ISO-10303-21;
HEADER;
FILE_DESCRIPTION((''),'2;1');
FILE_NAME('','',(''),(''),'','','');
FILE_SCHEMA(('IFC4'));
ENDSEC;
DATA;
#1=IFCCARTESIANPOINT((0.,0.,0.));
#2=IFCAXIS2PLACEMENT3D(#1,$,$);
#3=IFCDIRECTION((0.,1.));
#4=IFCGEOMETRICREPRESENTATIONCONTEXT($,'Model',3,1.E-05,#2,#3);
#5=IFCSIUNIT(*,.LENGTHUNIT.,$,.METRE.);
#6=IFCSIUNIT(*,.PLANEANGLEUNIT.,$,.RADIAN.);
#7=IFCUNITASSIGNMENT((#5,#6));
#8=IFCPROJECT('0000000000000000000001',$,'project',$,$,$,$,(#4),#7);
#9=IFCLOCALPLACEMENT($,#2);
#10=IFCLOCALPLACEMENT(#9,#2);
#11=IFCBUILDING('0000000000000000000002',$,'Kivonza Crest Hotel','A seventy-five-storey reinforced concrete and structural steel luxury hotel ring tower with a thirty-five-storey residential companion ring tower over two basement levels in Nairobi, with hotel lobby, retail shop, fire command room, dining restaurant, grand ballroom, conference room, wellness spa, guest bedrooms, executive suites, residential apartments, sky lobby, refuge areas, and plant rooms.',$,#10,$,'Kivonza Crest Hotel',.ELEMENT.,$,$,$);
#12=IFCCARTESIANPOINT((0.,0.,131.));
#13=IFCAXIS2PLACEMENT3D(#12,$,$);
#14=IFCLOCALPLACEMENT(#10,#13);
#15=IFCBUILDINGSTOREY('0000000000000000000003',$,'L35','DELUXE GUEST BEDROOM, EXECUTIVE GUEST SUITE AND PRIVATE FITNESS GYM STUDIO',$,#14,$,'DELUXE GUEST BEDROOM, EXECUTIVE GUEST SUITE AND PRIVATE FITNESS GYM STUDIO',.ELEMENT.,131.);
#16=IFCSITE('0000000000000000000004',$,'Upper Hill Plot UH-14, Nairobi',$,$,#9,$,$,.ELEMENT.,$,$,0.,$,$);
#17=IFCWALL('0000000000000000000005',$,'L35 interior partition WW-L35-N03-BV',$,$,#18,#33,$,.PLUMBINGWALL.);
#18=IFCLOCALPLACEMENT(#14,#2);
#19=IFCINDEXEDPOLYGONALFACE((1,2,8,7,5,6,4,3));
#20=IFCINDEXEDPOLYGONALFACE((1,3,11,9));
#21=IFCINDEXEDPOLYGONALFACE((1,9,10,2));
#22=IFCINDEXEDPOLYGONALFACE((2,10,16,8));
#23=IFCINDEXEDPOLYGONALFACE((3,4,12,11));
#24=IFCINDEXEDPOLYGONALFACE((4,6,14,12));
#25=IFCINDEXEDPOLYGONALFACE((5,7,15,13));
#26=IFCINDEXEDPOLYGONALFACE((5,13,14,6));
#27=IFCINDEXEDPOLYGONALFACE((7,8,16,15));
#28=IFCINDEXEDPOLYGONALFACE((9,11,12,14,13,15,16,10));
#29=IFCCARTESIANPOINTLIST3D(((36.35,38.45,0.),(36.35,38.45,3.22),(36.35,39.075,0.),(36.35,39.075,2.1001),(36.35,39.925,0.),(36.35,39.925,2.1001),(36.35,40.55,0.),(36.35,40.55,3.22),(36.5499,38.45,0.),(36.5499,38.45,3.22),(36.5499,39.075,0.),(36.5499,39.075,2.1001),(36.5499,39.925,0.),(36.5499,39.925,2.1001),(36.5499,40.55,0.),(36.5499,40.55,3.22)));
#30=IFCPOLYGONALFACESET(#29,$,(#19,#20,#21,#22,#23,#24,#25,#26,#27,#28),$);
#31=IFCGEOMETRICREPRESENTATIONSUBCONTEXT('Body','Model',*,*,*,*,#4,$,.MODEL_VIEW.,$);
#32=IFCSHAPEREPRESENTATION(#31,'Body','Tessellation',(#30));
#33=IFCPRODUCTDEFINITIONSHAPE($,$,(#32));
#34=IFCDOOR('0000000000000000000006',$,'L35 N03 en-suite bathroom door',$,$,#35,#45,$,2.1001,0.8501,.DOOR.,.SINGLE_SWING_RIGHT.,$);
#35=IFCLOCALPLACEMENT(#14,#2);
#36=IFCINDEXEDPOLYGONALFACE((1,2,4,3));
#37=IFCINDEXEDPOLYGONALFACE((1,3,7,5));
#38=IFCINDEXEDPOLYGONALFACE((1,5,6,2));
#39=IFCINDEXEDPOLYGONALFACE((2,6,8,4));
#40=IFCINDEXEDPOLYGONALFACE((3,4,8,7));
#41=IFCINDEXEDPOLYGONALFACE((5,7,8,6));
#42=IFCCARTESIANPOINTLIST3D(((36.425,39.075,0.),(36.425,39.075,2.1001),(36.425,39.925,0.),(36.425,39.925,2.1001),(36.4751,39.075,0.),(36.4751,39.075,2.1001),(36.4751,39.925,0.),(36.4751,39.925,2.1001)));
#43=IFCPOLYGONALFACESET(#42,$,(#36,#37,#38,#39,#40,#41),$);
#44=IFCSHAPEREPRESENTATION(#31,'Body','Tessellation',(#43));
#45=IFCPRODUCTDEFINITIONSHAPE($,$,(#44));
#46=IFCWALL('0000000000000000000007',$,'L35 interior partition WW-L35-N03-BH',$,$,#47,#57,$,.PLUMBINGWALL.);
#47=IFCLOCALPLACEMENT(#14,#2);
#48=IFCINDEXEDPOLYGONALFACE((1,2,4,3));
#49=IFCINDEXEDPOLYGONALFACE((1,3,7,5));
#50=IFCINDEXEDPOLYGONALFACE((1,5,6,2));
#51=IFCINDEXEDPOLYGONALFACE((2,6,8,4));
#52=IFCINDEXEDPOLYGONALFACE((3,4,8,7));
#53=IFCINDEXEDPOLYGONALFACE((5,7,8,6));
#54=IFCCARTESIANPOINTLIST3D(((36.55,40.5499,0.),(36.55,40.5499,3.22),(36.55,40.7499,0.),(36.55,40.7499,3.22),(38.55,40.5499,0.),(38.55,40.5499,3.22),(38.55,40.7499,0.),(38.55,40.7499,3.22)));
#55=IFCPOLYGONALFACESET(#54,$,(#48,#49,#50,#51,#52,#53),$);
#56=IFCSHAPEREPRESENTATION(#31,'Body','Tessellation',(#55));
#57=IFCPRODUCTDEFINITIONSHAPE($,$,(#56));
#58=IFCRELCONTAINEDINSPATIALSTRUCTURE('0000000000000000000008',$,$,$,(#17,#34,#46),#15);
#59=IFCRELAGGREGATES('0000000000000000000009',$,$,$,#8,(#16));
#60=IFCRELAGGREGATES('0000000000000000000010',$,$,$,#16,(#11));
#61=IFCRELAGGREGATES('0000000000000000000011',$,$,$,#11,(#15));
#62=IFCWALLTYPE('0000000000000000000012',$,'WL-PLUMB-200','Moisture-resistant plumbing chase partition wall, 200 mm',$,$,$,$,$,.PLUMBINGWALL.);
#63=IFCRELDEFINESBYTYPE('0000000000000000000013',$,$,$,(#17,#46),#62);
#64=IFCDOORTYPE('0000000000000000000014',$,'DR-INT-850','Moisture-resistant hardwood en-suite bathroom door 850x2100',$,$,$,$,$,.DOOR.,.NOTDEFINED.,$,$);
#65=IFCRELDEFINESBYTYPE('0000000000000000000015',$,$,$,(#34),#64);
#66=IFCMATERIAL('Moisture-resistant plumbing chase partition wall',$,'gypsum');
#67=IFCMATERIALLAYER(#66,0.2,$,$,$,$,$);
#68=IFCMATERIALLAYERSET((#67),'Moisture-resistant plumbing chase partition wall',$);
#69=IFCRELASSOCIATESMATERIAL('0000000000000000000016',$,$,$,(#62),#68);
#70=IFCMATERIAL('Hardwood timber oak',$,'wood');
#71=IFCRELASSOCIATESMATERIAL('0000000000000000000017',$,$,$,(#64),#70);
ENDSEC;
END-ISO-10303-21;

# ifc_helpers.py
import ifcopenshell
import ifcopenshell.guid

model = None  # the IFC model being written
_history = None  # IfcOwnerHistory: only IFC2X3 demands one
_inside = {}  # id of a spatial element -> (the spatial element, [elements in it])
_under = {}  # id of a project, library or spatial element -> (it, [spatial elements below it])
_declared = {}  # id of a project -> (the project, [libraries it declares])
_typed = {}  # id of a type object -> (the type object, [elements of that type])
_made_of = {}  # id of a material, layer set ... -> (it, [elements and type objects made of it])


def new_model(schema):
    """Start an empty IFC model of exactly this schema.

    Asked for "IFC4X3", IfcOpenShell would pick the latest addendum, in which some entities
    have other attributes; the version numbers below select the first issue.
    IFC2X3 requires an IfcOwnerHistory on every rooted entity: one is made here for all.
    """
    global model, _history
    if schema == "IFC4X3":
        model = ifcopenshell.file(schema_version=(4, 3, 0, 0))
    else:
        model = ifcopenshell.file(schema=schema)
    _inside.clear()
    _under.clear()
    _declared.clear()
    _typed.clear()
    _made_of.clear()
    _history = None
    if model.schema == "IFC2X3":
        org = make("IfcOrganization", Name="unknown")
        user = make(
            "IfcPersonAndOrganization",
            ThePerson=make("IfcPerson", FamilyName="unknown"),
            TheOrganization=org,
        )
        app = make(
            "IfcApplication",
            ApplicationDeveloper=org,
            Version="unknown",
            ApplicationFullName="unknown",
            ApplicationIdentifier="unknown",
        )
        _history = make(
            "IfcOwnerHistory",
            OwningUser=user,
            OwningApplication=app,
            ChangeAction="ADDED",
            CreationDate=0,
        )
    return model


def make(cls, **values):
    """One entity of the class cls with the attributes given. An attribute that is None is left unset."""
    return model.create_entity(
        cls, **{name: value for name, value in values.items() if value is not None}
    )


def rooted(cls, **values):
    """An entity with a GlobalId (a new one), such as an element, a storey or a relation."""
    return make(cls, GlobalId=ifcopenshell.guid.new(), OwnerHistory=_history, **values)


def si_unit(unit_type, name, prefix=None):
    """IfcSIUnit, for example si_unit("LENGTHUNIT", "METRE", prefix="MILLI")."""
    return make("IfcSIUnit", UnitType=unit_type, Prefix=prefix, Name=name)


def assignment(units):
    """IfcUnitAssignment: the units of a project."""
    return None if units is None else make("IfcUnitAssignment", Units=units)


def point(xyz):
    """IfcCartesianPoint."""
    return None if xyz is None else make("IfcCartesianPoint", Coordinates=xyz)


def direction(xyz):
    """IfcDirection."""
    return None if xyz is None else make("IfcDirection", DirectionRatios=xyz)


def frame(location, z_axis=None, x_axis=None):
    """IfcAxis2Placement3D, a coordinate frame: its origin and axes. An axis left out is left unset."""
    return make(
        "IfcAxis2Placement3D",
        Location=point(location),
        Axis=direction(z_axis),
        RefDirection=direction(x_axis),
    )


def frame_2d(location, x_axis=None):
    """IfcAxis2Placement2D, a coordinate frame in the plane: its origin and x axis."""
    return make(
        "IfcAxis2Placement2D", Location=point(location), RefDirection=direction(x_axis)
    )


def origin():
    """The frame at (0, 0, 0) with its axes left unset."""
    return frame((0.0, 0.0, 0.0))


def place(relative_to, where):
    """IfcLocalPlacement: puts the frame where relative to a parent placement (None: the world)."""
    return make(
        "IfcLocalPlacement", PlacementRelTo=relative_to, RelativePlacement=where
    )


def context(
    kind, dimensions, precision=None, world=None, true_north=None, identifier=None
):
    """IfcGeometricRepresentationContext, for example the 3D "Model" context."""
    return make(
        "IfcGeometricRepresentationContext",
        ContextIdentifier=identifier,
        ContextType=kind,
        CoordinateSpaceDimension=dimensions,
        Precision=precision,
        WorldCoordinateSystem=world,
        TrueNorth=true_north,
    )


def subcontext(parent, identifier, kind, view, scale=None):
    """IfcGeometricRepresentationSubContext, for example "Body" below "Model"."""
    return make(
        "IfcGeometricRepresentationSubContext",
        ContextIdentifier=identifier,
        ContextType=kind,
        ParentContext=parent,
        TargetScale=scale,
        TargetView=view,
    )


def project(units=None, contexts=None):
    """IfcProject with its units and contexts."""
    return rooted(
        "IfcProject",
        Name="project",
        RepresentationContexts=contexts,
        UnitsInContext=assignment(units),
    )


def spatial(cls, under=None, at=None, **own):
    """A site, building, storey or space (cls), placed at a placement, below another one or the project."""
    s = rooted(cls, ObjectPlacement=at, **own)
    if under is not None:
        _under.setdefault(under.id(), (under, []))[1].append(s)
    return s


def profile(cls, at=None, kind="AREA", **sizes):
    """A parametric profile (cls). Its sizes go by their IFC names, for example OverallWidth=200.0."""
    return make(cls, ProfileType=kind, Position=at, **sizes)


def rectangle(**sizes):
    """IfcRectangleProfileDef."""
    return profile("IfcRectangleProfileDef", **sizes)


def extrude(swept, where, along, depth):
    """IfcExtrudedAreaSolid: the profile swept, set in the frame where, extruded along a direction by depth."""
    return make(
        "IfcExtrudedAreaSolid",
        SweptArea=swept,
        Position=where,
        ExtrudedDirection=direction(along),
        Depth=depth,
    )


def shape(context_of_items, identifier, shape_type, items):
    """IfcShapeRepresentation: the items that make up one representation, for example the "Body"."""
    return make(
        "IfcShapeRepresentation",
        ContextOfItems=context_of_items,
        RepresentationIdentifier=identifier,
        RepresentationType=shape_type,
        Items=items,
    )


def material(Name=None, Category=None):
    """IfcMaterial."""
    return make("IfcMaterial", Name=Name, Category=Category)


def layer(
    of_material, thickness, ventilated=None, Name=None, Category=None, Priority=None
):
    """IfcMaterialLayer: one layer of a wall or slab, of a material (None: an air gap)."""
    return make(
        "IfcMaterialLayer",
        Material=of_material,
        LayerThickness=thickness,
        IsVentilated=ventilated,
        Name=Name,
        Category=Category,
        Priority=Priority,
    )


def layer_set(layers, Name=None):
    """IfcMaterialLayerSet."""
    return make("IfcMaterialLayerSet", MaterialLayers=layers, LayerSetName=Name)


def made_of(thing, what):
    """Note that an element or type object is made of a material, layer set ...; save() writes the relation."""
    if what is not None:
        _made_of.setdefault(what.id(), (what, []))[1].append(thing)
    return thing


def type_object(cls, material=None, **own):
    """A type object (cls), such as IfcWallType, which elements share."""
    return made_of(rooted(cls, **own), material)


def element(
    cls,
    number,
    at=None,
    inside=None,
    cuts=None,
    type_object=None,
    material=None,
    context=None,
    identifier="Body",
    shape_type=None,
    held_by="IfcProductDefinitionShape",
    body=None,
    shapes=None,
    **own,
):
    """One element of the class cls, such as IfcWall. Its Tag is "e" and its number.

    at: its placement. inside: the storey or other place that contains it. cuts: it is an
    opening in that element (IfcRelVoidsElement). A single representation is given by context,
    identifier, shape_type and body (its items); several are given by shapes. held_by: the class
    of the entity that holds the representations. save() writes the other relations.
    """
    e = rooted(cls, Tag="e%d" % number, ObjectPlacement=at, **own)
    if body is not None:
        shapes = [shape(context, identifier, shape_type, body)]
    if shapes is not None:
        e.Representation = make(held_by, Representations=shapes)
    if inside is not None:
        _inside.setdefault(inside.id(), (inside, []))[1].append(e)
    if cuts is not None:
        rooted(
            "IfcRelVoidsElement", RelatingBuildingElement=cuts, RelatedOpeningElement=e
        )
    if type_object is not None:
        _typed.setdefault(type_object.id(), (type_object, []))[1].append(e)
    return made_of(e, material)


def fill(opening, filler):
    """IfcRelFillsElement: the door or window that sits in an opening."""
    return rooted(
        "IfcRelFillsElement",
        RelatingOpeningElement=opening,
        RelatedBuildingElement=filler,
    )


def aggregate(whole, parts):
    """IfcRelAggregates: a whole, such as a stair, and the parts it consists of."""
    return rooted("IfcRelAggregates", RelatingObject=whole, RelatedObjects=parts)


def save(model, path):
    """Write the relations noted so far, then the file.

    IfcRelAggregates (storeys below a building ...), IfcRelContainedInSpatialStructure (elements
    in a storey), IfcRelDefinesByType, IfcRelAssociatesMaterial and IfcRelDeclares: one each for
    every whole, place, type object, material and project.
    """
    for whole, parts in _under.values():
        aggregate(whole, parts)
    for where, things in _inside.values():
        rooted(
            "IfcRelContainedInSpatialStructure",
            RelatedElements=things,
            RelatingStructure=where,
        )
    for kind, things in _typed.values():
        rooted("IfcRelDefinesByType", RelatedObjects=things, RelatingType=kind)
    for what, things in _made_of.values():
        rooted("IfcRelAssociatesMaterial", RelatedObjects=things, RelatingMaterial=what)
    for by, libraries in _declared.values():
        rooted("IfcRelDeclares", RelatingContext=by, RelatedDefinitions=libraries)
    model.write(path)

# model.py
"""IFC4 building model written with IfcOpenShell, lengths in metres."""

from ifc_helpers import new_model, si_unit, direction, frame, frame_2d, origin, place, context, subcontext, project, spatial, rectangle, extrude, material, layer, layer_set, type_object, element, fill, save


model = new_model("IFC4")

# Units and contexts
model_context = context("Model", 3, precision=1e-05, world=origin(), true_north=direction((0.0, 1.0)))
body_context = subcontext(model_context, "Body", "Model", "MODEL_VIEW")
ifc_project = project(units=[si_unit("LENGTHUNIT", "METRE"), si_unit("PLANEANGLEUNIT", "RADIAN")], contexts=[model_context])

# Site, building, storey
site_placement = place(None, origin())
site = spatial("IfcSite", under=ifc_project, at=site_placement, Name="Upper Hill Plot UH-14, Nairobi", CompositionType="ELEMENT", RefElevation=0.0)
building_placement = place(site_placement, origin())
building = spatial("IfcBuilding", under=site, at=building_placement, Name="Kivonza Crest Hotel", Description="A seventy-five-storey reinforced concrete and structural steel luxury hotel ring tower with a thirty-five-storey residential companion ring tower over two basement levels in Nairobi, with hotel lobby, retail shop, fire command room, dining restaurant, grand ballroom, conference room, wellness spa, guest bedrooms, executive suites, residential apartments, sky lobby, refuge areas, and plant rooms.", LongName="Kivonza Crest Hotel", CompositionType="ELEMENT")
storey_placement = place(building_placement, frame((0.0, 0.0, 131.0)))
storey = spatial("IfcBuildingStorey", under=building, at=storey_placement, Name="L35", Description="DELUXE GUEST BEDROOM, EXECUTIVE GUEST SUITE AND PRIVATE FITNESS GYM STUDIO", LongName="DELUXE GUEST BEDROOM, EXECUTIVE GUEST SUITE AND PRIVATE FITNESS GYM STUDIO", CompositionType="ELEMENT", Elevation=131.0)

# Shared definitions
ifc_material_1 = material(Name="Hardwood timber oak", Category="wood")

# Wall, opening, door
ifc_material_2 = material(Name="Moisture-resistant plumbing chase partition wall", Category="gypsum")
ifc_layer_1 = layer(ifc_material_2, 0.2)
ifc_layer_set_1 = layer_set([ifc_layer_1], Name="Moisture-resistant plumbing chase partition wall")
wall_type_1 = type_object("IfcWallType", Name="WL-PLUMB-200", Description="Moisture-resistant plumbing chase partition wall, 200 mm", PredefinedType="PLUMBINGWALL", material=ifc_layer_set_1)
wall_1_placement = place(storey_placement, frame((36.45, 38.45, 0.0), z_axis=(0.0, 0.0, 1.0), x_axis=(0.0, 1.0, 0.0)))
wall_1 = element("IfcWall", 1, at=wall_1_placement, inside=storey, type_object=wall_type_1, Name="L35 interior partition WW-L35-N03-BV", PredefinedType="PLUMBINGWALL", context=body_context, shape_type="SweptSolid", body=[
    extrude(rectangle(XDim=2.1001, YDim=0.2, at=frame_2d((1.05, 0.0))), origin(), (0.0, 0.0, 1.0), 3.22),
])
opening_1_placement = place(wall_1_placement, frame((0.625, 0.0, 0.0)))
opening_1 = element("IfcOpeningElement", 2, at=opening_1_placement, cuts=wall_1, PredefinedType="OPENING", context=body_context, shape_type="SweptSolid", body=[
    extrude(rectangle(XDim=0.8501, YDim=2.1001, at=frame_2d((0.425, 1.05))), frame((0.0, 0.1099, 0.0), z_axis=(0.0, -1.0, 0.0), x_axis=(1.0, 0.0, 0.0)), (0.0, 0.0, 1.0), 0.22),
])
door_type_1 = type_object("IfcDoorType", Name="DR-INT-850", Description="Moisture-resistant hardwood en-suite bathroom door 850x2100", OperationType="NOTDEFINED", PredefinedType="DOOR", material=ifc_material_1)
door_1_placement = place(opening_1_placement, origin())
door_1 = element("IfcDoor", 3, at=door_1_placement, inside=storey, type_object=door_type_1, Name="L35 N03 en-suite bathroom door", OperationType="SINGLE_SWING_RIGHT", OverallHeight=2.1001, OverallWidth=0.8501, PredefinedType="DOOR", context=body_context, shape_type="SweptSolid", body=[
    extrude(rectangle(XDim=0.8501, YDim=2.1001, at=frame_2d((0.425, 1.05))), frame((0.0, 0.0249, 0.0), z_axis=(0.0, -1.0, 0.0), x_axis=(1.0, 0.0, 0.0)), (0.0, 0.0, 1.0), 0.05),
])
fill(opening_1, door_1)

# Wall
wall_2_placement = place(storey_placement, frame((36.55, 40.6499, 0.0), z_axis=(0.0, 0.0, 1.0), x_axis=(1.0, 0.0, 0.0)))
element("IfcWall", 4, at=wall_2_placement, inside=storey, type_object=wall_type_1, Name="L35 interior partition WW-L35-N03-BH", PredefinedType="PLUMBINGWALL", context=body_context, shape_type="SweptSolid", body=[
    extrude(rectangle(XDim=2.0, YDim=0.2, at=frame_2d((1.0, 0.0))), origin(), (0.0, 0.0, 1.0), 3.22),
])

save(model, "model.ifc")
